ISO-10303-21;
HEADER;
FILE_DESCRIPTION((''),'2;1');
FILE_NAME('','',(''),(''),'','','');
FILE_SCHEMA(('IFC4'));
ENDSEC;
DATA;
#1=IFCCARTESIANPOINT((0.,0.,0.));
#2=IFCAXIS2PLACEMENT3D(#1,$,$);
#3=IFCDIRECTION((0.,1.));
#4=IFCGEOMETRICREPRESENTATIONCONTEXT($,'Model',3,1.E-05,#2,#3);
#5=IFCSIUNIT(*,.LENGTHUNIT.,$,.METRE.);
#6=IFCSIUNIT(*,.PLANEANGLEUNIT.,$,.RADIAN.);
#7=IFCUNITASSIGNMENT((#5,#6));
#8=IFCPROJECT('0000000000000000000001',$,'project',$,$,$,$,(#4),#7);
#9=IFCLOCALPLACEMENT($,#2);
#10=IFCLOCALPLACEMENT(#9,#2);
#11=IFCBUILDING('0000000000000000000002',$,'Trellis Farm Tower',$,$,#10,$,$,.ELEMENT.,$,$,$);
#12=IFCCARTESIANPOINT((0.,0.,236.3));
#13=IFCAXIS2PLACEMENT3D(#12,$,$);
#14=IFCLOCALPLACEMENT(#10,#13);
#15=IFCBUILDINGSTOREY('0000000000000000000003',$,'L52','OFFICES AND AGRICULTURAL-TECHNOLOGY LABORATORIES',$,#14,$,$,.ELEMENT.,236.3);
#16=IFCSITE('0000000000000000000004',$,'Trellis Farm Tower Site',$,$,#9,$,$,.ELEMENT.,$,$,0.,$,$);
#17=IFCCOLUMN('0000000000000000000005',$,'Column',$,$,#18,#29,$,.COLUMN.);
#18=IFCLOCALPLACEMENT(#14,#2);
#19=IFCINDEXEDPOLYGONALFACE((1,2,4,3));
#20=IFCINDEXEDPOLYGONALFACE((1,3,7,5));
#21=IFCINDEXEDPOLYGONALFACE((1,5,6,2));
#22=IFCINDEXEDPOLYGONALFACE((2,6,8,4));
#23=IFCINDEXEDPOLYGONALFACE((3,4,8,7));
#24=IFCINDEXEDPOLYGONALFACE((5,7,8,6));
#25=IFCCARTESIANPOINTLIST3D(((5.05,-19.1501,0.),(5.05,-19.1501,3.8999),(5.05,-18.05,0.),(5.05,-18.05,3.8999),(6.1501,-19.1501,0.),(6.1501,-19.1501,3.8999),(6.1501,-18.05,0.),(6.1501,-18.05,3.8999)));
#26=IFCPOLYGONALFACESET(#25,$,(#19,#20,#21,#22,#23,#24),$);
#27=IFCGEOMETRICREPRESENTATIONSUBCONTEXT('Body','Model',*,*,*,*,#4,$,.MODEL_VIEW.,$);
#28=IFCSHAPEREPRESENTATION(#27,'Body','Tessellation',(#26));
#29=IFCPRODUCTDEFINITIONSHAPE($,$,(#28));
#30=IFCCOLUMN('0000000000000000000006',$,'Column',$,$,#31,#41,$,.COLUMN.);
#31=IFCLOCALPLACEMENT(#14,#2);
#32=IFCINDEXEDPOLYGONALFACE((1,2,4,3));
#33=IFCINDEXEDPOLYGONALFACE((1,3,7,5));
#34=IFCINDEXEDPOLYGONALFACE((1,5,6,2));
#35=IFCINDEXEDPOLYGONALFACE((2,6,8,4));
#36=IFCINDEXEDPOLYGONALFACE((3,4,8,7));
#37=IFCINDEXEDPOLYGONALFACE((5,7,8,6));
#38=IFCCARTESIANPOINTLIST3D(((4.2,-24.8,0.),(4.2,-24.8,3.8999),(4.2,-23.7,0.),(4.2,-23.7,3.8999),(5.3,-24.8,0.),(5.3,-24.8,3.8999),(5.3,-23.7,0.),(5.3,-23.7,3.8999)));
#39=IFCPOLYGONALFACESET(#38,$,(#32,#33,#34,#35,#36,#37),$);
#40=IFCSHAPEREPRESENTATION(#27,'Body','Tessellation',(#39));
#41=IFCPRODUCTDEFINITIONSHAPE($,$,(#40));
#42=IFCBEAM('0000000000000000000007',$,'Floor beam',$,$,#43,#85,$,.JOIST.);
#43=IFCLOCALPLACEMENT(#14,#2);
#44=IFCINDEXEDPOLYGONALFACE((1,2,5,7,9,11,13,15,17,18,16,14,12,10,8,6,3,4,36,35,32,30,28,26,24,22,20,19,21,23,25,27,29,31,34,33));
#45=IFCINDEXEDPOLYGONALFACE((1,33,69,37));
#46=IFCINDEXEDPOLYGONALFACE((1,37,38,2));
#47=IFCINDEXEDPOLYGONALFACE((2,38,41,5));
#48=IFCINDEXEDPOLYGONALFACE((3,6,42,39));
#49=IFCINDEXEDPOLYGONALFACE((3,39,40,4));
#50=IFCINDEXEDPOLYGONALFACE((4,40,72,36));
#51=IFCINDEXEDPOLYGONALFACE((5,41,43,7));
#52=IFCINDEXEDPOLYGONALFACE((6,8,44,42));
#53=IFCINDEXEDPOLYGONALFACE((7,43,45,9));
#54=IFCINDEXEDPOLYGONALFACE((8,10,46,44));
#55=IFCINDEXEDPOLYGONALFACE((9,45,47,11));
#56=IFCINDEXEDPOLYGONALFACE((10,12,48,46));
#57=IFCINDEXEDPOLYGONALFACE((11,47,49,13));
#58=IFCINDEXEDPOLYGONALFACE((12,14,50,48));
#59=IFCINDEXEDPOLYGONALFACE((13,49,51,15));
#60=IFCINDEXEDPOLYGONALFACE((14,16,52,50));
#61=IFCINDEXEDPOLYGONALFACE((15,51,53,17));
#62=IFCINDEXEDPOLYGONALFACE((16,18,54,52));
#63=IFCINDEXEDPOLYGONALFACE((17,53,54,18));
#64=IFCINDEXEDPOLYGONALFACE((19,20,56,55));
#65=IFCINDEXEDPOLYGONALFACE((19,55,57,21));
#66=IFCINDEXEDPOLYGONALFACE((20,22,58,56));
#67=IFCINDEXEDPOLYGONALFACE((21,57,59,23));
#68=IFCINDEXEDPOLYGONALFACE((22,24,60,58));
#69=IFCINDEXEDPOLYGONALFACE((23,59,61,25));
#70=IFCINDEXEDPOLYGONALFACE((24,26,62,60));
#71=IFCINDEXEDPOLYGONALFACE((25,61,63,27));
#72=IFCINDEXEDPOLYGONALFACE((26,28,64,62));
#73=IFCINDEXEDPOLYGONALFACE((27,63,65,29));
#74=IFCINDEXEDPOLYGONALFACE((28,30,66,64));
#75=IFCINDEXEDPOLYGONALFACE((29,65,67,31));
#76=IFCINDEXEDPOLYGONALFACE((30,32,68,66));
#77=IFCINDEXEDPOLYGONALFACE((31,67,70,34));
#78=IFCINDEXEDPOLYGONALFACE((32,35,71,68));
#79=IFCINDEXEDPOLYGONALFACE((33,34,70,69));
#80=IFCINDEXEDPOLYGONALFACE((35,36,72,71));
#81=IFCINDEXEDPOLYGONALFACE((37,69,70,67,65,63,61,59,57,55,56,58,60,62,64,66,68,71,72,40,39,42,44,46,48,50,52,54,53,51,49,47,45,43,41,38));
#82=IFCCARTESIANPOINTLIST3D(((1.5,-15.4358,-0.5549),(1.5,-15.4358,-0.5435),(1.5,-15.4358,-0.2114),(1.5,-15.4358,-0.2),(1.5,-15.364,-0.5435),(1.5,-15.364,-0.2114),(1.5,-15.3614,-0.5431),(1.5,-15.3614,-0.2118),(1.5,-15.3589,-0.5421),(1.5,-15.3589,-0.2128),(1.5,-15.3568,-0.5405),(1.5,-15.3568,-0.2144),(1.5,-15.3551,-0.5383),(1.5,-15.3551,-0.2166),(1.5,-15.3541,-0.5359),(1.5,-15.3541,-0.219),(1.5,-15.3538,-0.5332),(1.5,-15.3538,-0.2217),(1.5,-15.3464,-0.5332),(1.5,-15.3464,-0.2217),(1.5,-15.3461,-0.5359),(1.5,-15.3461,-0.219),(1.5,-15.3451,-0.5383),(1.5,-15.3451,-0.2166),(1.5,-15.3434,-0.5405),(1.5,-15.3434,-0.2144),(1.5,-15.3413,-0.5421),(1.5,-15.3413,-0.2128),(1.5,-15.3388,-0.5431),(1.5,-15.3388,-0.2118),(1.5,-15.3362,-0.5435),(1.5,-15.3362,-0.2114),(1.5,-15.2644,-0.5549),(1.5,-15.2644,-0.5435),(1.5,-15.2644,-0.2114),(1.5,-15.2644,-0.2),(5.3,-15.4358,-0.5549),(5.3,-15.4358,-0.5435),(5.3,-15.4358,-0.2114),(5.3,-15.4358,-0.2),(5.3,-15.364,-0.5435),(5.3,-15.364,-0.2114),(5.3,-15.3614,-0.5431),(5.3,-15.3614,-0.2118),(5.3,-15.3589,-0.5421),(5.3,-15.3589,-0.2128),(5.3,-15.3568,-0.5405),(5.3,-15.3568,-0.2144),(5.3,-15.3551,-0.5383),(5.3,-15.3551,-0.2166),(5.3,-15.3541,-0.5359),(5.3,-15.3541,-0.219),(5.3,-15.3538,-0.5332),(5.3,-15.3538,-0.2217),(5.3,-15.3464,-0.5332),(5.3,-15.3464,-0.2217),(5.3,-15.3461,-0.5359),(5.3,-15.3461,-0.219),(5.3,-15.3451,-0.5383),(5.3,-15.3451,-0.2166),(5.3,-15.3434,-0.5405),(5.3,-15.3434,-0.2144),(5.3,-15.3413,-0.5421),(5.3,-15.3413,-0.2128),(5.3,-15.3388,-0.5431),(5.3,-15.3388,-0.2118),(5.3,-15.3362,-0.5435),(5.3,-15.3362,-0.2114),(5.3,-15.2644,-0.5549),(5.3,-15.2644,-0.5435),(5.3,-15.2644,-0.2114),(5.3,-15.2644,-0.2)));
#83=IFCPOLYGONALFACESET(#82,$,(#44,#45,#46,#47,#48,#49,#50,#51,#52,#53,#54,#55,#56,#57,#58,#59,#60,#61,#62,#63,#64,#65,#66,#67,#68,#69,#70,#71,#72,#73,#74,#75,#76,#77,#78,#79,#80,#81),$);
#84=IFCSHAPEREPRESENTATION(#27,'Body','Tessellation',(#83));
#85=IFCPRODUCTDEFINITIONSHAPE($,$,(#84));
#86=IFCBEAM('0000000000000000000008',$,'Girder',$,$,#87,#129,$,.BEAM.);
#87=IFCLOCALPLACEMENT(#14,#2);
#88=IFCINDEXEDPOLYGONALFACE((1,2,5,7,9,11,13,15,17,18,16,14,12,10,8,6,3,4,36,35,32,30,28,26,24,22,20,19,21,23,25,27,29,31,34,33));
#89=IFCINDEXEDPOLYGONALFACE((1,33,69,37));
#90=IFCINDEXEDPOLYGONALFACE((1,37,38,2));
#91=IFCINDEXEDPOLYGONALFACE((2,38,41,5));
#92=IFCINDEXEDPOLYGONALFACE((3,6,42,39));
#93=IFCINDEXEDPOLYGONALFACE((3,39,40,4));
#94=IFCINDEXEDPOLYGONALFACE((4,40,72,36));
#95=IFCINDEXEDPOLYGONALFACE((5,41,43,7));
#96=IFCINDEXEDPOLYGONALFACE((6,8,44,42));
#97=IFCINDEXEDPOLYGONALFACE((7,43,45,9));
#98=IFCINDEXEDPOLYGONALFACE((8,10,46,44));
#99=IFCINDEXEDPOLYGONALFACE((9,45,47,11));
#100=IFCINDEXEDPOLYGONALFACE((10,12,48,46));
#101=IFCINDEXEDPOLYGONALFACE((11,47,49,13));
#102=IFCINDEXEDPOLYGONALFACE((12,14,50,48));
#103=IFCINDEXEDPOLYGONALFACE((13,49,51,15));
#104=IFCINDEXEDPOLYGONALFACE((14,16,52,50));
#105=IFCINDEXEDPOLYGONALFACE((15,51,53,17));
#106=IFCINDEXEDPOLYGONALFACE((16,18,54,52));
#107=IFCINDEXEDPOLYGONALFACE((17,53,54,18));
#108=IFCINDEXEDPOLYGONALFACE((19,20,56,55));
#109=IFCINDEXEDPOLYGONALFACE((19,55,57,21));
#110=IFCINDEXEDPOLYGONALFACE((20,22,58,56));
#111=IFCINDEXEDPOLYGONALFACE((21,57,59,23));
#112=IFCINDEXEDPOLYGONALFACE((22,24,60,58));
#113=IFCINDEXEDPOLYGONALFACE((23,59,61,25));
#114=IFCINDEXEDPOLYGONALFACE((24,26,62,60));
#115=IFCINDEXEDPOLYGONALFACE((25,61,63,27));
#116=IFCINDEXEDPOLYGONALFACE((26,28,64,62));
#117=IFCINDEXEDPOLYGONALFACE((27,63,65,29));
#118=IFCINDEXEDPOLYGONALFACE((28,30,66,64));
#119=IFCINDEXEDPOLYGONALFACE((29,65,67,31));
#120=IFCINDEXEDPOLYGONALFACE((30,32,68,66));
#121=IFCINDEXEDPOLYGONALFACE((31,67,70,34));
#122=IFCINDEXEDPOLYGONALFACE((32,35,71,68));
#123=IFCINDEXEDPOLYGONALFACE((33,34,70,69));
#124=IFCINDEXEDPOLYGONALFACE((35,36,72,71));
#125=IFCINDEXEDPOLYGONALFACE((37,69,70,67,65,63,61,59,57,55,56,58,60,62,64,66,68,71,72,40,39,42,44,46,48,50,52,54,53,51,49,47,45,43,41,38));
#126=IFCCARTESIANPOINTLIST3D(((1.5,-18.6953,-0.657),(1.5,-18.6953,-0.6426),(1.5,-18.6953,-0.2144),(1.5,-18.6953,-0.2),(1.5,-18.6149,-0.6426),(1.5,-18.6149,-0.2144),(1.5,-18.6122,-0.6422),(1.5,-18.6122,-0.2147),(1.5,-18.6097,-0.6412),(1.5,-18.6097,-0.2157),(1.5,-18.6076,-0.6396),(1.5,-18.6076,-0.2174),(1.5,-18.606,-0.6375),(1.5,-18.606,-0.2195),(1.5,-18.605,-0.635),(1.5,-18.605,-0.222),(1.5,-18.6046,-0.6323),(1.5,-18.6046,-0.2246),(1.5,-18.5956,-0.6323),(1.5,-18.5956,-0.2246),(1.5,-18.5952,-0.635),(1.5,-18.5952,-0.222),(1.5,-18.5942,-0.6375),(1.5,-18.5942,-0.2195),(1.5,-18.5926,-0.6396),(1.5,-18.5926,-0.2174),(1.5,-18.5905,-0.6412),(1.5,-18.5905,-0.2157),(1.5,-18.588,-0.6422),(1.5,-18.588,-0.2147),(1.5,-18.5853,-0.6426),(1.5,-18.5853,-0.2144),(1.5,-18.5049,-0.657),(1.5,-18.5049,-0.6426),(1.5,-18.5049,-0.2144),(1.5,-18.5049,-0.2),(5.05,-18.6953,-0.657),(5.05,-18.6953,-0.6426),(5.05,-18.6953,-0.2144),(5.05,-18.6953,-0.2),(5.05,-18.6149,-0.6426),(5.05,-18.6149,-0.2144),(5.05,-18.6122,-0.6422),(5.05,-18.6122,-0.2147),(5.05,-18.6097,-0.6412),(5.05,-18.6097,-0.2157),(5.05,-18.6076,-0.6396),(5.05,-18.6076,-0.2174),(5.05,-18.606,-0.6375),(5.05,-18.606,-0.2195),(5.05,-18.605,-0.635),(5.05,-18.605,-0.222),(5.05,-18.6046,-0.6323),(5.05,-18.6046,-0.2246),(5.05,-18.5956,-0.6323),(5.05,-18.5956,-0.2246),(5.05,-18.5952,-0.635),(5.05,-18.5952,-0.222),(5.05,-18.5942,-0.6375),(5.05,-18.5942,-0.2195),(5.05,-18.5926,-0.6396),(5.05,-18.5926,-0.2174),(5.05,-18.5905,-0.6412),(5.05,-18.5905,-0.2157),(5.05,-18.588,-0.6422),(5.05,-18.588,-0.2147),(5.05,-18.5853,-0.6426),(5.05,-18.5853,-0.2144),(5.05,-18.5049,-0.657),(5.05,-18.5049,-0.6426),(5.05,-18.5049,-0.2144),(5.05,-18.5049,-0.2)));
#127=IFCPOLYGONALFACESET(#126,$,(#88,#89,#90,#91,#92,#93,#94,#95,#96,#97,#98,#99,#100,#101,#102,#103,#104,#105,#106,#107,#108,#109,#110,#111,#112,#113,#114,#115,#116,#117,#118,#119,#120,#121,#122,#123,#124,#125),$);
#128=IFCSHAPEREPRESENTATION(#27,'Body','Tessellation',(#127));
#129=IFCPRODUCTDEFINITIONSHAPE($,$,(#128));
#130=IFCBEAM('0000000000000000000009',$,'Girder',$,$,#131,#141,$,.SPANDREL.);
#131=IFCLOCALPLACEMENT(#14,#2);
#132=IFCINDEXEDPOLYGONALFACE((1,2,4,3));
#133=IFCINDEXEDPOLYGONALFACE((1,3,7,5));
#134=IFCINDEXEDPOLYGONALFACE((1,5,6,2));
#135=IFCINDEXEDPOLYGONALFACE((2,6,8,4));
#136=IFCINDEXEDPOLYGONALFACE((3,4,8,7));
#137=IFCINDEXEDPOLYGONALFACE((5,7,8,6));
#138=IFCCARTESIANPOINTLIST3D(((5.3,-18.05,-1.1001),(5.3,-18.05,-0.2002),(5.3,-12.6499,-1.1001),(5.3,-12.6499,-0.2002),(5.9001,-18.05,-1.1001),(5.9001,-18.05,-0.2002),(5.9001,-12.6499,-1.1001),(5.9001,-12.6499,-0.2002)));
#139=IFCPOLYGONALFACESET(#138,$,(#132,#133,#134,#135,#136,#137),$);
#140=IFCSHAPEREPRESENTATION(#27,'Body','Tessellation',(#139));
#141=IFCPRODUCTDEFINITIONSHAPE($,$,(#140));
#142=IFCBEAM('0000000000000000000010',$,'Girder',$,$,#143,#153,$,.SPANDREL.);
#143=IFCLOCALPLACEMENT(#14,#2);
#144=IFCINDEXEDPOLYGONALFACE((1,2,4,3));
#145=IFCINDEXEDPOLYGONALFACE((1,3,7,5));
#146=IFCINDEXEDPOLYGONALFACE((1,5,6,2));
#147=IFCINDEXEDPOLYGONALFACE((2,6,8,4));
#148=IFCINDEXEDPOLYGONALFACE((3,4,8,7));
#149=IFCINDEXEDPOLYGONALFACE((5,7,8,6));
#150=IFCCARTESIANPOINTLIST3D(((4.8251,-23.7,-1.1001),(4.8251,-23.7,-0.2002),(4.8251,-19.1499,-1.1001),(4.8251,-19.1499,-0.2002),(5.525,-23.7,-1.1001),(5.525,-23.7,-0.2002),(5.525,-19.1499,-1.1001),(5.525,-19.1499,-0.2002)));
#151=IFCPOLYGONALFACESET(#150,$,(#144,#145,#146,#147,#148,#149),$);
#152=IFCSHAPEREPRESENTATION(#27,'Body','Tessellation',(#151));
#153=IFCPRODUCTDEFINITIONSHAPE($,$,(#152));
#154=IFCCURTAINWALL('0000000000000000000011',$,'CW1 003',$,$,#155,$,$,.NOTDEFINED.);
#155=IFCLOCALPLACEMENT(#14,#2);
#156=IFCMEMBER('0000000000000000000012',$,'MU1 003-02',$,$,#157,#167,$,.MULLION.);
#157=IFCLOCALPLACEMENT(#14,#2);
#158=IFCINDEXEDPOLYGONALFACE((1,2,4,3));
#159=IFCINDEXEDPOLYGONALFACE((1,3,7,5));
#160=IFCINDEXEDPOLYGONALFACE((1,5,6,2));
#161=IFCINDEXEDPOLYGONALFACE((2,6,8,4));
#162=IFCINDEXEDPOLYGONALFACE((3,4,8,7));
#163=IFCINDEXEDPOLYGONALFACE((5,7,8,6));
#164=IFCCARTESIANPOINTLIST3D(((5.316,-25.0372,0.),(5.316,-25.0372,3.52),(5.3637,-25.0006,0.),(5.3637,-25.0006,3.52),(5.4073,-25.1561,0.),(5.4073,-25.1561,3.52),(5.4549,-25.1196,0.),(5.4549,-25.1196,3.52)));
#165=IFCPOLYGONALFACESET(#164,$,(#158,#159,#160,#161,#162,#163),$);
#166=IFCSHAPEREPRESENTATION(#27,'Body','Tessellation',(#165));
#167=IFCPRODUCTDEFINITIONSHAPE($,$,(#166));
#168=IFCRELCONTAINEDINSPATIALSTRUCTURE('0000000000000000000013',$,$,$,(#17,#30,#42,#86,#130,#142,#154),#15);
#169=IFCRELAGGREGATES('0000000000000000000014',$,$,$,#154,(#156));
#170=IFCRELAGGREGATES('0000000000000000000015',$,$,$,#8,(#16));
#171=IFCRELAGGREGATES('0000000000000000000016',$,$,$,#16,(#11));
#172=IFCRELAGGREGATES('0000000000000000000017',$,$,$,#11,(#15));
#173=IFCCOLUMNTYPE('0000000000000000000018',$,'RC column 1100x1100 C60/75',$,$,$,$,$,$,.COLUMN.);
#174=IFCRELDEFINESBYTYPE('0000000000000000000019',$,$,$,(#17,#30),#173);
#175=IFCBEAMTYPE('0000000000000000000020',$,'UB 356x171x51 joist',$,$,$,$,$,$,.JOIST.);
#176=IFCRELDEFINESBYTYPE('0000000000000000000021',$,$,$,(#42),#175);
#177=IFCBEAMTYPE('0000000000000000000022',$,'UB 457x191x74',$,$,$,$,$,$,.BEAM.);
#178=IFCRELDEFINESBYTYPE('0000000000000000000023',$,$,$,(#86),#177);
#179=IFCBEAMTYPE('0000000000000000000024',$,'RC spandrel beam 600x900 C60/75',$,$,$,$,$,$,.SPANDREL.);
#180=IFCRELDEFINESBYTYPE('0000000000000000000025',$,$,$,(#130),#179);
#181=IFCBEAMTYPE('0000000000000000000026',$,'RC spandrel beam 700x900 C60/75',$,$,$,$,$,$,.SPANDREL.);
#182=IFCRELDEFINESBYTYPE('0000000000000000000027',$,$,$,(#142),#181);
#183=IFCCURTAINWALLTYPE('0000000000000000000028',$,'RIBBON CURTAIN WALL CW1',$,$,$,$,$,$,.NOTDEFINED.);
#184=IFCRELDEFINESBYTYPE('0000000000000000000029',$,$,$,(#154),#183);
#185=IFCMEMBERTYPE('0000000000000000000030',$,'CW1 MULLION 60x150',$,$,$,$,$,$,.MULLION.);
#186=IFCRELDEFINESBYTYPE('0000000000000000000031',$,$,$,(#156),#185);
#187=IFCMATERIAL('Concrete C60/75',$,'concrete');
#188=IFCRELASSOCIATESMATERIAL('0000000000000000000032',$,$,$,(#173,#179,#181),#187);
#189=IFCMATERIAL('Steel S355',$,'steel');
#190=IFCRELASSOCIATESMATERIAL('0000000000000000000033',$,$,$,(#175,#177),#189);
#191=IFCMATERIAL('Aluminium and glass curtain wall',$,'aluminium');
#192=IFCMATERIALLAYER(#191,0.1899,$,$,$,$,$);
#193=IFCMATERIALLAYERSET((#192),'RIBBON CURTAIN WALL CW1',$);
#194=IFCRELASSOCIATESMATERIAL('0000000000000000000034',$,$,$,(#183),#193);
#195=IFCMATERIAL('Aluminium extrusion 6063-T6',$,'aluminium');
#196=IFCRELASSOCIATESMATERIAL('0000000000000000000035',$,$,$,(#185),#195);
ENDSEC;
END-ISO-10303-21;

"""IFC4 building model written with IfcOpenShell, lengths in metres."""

from ifc_helpers import new_model, si_unit, direction, frame, origin, origin_2d, place, context, subcontext, project, spatial, rectangle, i_section, extrude, source, transform, mapped, material, layer, layer_set, material_profile, profile_set, type_object, element, aggregate, save


model = new_model("IFC4")

# Units and contexts
model_context = context("Model", 3, precision=1e-05, world=origin(), true_north=direction((0.0, 1.0)))
body_context = subcontext(model_context, "Body", "Model", "MODEL_VIEW")
ifc_project = project(units=[si_unit("LENGTHUNIT", "METRE"), si_unit("PLANEANGLEUNIT", "RADIAN")], contexts=[model_context])

# Site, building, storey
site_placement = place(None, origin())
site = spatial("IfcSite", under=ifc_project, at=site_placement, Name="Trellis Farm Tower Site", CompositionType="ELEMENT", RefElevation=0.0)
building_placement = place(site_placement, origin())
building = spatial("IfcBuilding", under=site, at=building_placement, Name="Trellis Farm Tower", CompositionType="ELEMENT")
storey_placement = place(building_placement, frame((0.0, 0.0, 236.3)))
storey = spatial("IfcBuildingStorey", under=building, at=storey_placement, Name="L52", Description="OFFICES AND AGRICULTURAL-TECHNOLOGY LABORATORIES", CompositionType="ELEMENT", Elevation=236.3)

# Columns
ifc_material_1 = material(Name="Concrete C60/75", Category="concrete")
ifc_material_profile_1 = material_profile(ifc_material_1, rectangle(XDim=1.1001, YDim=1.1001, at=origin_2d()), Name="RC column 1100x1100 C60/75")
ifc_profile_set_1 = profile_set([ifc_material_profile_1], Name="Concrete C60/75")
column_type = type_object("IfcColumnType", Name="RC column 1100x1100 C60/75", PredefinedType="COLUMN", material=ifc_profile_set_1)
shared_shape_1 = source(origin(), body_context, "Body", "SweptSolid", [
    extrude(rectangle(XDim=1.1001, YDim=1.1001, at=origin_2d()), origin(), (0.0, 0.0, 1.0), 3.8999),
])
for number, where, z_axis, x_axis, name in (
    (1, (5.6001, -18.6001, 0.0), (0.0, 0.0, 1.0), (1.0, 0.0, 0.0), "Column"),
    (2, (4.75, -24.25, 0.0), (0.0, 0.0, 1.0), (1.0, 0.0, 0.0), "Column"),
):
    element("IfcColumn", number, at=place(storey_placement, frame(where, z_axis=z_axis, x_axis=x_axis)), inside=storey, type_object=column_type, Name=name, PredefinedType="COLUMN", context=body_context, shape_type="MappedRepresentation", body=[
        mapped(shared_shape_1, transform((0.0, 0.0, 0.0))),
    ])

# Beams
ifc_material_2 = material(Name="Steel S355", Category="steel")
ifc_material_profile_2 = material_profile(ifc_material_2, i_section(OverallWidth=0.1714, OverallDepth=0.355, WebThickness=0.0073, FlangeThickness=0.0115, FilletRadius=0.0103, at=origin_2d()), Name="UB 356x171x51")
ifc_profile_set_2 = profile_set([ifc_material_profile_2], Name="Steel S355")
beam_type_1 = type_object("IfcBeamType", Name="UB 356x171x51 joist", PredefinedType="JOIST", material=ifc_profile_set_2)
shared_shape_2 = source(origin(), body_context, "Body", "SweptSolid", [
    extrude(i_section(OverallWidth=0.1714, OverallDepth=0.355, WebThickness=0.0073, FlangeThickness=0.0115, FilletRadius=0.0103, at=origin_2d()), origin(), (0.0, 0.0, 1.0), 3.8),
])
beam_1_placement = place(storey_placement, frame((1.5, -15.3501, -0.3774), z_axis=(1.0, 0.0, 0.0), x_axis=(0.0, 1.0, 0.0)))
element("IfcBeam", 3, at=beam_1_placement, inside=storey, type_object=beam_type_1, Name="Floor beam", PredefinedType="JOIST", context=body_context, shape_type="MappedRepresentation", body=[
    mapped(shared_shape_2, transform((0.0, 0.0, 0.0))),
])
ifc_material_profile_3 = material_profile(ifc_material_2, i_section(OverallWidth=0.1904, OverallDepth=0.457, WebThickness=0.009, FlangeThickness=0.0144, FilletRadius=0.0103, at=origin_2d()), Name="UB 457x191x74")
ifc_profile_set_3 = profile_set([ifc_material_profile_3], Name="Steel S355")
beam_type_2 = type_object("IfcBeamType", Name="UB 457x191x74", PredefinedType="BEAM", material=ifc_profile_set_3)
shared_shape_3 = source(origin(), body_context, "Body", "SweptSolid", [
    extrude(i_section(OverallWidth=0.1904, OverallDepth=0.457, WebThickness=0.009, FlangeThickness=0.0144, FilletRadius=0.0103, at=origin_2d()), origin(), (0.0, 0.0, 1.0), 3.55),
])
beam_2_placement = place(storey_placement, frame((1.5, -18.6001, -0.4285), z_axis=(1.0, 0.0, 0.0), x_axis=(0.0, 1.0, 0.0)))
element("IfcBeam", 4, at=beam_2_placement, inside=storey, type_object=beam_type_2, Name="Girder", PredefinedType="BEAM", context=body_context, shape_type="MappedRepresentation", body=[
    mapped(shared_shape_3, transform((0.0, 0.0, 0.0))),
])
ifc_material_profile_4 = material_profile(ifc_material_1, rectangle(XDim=0.6001, YDim=0.8999, at=origin_2d()), Name="RC spandrel beam 600x900 C60/75")
ifc_profile_set_4 = profile_set([ifc_material_profile_4], Name="Concrete C60/75")
beam_type_3 = type_object("IfcBeamType", Name="RC spandrel beam 600x900 C60/75", PredefinedType="SPANDREL", material=ifc_profile_set_4)
shared_shape_4 = source(origin(), body_context, "Body", "SweptSolid", [
    extrude(rectangle(XDim=0.6001, YDim=0.8999, at=origin_2d()), origin(), (0.0, 0.0, 1.0), 5.4001),
])
beam_3_placement = place(storey_placement, frame((5.6001, -18.05, -0.6501), z_axis=(0.0, 1.0, 0.0), x_axis=(-1.0, 0.0, 0.0)))
element("IfcBeam", 5, at=beam_3_placement, inside=storey, type_object=beam_type_3, Name="Girder", PredefinedType="SPANDREL", context=body_context, shape_type="MappedRepresentation", body=[
    mapped(shared_shape_4, transform((0.0, 0.0, 0.0))),
])
ifc_material_profile_5 = material_profile(ifc_material_1, rectangle(XDim=0.7, YDim=0.8999, at=origin_2d()), Name="RC spandrel beam 700x900 C60/75")
ifc_profile_set_5 = profile_set([ifc_material_profile_5], Name="Concrete C60/75")
beam_type_4 = type_object("IfcBeamType", Name="RC spandrel beam 700x900 C60/75", PredefinedType="SPANDREL", material=ifc_profile_set_5)
shared_shape_5 = source(origin(), body_context, "Body", "SweptSolid", [
    extrude(rectangle(XDim=0.7, YDim=0.8999, at=origin_2d()), origin(), (0.0, 0.0, 1.0), 4.55),
])
beam_4_placement = place(storey_placement, frame((5.175, -23.7, -0.6501), z_axis=(0.0, 1.0, 0.0), x_axis=(-1.0, 0.0, 0.0)))
element("IfcBeam", 6, at=beam_4_placement, inside=storey, type_object=beam_type_4, Name="Girder", PredefinedType="SPANDREL", context=body_context, shape_type="MappedRepresentation", body=[
    mapped(shared_shape_5, transform((0.0, 0.0, 0.0))),
])

# Curtain wall, member
ifc_material_3 = material(Name="Aluminium and glass curtain wall", Category="aluminium")
ifc_layer_1 = layer(ifc_material_3, 0.1899)
ifc_layer_set_1 = layer_set([ifc_layer_1], Name="RIBBON CURTAIN WALL CW1")
curtain_wall_type = type_object("IfcCurtainWallType", Name="RIBBON CURTAIN WALL CW1", PredefinedType="NOTDEFINED", material=ifc_layer_set_1)
placement = place(storey_placement, origin())
curtain_wall = element("IfcCurtainWall", 7, at=placement, inside=storey, type_object=curtain_wall_type, Name="CW1 003", PredefinedType="NOTDEFINED")
ifc_material_4 = material(Name="Aluminium extrusion 6063-T6", Category="aluminium")
ifc_material_profile_6 = material_profile(ifc_material_4, rectangle(XDim=0.0601, YDim=0.1499, at=origin_2d()), Name="MULLION 60x150")
ifc_profile_set_6 = profile_set([ifc_material_profile_6], Name="Aluminium extrusion 6063-T6")
member_type = type_object("IfcMemberType", Name="CW1 MULLION 60x150", PredefinedType="MULLION", material=ifc_profile_set_6)
shared_shape_6 = source(origin(), body_context, "Body", "SweptSolid", [
    extrude(rectangle(XDim=0.0601, YDim=0.1499, at=origin_2d()), origin(), (0.0, 0.0, 1.0), 3.52),
])
member_placement = place(storey_placement, frame((5.3855, -25.0784, 0.0), z_axis=(0.0, 0.0, 1.0), x_axis=(0.793353, 0.608761, 0.0)))
member = element("IfcMember", 8, at=member_placement, type_object=member_type, Name="MU1 003-02", PredefinedType="MULLION", context=body_context, shape_type="MappedRepresentation", body=[
    mapped(shared_shape_6, transform((0.0, 0.0, 0.0))),
])
aggregate(curtain_wall, [member])

save(model, "model.ifc")
